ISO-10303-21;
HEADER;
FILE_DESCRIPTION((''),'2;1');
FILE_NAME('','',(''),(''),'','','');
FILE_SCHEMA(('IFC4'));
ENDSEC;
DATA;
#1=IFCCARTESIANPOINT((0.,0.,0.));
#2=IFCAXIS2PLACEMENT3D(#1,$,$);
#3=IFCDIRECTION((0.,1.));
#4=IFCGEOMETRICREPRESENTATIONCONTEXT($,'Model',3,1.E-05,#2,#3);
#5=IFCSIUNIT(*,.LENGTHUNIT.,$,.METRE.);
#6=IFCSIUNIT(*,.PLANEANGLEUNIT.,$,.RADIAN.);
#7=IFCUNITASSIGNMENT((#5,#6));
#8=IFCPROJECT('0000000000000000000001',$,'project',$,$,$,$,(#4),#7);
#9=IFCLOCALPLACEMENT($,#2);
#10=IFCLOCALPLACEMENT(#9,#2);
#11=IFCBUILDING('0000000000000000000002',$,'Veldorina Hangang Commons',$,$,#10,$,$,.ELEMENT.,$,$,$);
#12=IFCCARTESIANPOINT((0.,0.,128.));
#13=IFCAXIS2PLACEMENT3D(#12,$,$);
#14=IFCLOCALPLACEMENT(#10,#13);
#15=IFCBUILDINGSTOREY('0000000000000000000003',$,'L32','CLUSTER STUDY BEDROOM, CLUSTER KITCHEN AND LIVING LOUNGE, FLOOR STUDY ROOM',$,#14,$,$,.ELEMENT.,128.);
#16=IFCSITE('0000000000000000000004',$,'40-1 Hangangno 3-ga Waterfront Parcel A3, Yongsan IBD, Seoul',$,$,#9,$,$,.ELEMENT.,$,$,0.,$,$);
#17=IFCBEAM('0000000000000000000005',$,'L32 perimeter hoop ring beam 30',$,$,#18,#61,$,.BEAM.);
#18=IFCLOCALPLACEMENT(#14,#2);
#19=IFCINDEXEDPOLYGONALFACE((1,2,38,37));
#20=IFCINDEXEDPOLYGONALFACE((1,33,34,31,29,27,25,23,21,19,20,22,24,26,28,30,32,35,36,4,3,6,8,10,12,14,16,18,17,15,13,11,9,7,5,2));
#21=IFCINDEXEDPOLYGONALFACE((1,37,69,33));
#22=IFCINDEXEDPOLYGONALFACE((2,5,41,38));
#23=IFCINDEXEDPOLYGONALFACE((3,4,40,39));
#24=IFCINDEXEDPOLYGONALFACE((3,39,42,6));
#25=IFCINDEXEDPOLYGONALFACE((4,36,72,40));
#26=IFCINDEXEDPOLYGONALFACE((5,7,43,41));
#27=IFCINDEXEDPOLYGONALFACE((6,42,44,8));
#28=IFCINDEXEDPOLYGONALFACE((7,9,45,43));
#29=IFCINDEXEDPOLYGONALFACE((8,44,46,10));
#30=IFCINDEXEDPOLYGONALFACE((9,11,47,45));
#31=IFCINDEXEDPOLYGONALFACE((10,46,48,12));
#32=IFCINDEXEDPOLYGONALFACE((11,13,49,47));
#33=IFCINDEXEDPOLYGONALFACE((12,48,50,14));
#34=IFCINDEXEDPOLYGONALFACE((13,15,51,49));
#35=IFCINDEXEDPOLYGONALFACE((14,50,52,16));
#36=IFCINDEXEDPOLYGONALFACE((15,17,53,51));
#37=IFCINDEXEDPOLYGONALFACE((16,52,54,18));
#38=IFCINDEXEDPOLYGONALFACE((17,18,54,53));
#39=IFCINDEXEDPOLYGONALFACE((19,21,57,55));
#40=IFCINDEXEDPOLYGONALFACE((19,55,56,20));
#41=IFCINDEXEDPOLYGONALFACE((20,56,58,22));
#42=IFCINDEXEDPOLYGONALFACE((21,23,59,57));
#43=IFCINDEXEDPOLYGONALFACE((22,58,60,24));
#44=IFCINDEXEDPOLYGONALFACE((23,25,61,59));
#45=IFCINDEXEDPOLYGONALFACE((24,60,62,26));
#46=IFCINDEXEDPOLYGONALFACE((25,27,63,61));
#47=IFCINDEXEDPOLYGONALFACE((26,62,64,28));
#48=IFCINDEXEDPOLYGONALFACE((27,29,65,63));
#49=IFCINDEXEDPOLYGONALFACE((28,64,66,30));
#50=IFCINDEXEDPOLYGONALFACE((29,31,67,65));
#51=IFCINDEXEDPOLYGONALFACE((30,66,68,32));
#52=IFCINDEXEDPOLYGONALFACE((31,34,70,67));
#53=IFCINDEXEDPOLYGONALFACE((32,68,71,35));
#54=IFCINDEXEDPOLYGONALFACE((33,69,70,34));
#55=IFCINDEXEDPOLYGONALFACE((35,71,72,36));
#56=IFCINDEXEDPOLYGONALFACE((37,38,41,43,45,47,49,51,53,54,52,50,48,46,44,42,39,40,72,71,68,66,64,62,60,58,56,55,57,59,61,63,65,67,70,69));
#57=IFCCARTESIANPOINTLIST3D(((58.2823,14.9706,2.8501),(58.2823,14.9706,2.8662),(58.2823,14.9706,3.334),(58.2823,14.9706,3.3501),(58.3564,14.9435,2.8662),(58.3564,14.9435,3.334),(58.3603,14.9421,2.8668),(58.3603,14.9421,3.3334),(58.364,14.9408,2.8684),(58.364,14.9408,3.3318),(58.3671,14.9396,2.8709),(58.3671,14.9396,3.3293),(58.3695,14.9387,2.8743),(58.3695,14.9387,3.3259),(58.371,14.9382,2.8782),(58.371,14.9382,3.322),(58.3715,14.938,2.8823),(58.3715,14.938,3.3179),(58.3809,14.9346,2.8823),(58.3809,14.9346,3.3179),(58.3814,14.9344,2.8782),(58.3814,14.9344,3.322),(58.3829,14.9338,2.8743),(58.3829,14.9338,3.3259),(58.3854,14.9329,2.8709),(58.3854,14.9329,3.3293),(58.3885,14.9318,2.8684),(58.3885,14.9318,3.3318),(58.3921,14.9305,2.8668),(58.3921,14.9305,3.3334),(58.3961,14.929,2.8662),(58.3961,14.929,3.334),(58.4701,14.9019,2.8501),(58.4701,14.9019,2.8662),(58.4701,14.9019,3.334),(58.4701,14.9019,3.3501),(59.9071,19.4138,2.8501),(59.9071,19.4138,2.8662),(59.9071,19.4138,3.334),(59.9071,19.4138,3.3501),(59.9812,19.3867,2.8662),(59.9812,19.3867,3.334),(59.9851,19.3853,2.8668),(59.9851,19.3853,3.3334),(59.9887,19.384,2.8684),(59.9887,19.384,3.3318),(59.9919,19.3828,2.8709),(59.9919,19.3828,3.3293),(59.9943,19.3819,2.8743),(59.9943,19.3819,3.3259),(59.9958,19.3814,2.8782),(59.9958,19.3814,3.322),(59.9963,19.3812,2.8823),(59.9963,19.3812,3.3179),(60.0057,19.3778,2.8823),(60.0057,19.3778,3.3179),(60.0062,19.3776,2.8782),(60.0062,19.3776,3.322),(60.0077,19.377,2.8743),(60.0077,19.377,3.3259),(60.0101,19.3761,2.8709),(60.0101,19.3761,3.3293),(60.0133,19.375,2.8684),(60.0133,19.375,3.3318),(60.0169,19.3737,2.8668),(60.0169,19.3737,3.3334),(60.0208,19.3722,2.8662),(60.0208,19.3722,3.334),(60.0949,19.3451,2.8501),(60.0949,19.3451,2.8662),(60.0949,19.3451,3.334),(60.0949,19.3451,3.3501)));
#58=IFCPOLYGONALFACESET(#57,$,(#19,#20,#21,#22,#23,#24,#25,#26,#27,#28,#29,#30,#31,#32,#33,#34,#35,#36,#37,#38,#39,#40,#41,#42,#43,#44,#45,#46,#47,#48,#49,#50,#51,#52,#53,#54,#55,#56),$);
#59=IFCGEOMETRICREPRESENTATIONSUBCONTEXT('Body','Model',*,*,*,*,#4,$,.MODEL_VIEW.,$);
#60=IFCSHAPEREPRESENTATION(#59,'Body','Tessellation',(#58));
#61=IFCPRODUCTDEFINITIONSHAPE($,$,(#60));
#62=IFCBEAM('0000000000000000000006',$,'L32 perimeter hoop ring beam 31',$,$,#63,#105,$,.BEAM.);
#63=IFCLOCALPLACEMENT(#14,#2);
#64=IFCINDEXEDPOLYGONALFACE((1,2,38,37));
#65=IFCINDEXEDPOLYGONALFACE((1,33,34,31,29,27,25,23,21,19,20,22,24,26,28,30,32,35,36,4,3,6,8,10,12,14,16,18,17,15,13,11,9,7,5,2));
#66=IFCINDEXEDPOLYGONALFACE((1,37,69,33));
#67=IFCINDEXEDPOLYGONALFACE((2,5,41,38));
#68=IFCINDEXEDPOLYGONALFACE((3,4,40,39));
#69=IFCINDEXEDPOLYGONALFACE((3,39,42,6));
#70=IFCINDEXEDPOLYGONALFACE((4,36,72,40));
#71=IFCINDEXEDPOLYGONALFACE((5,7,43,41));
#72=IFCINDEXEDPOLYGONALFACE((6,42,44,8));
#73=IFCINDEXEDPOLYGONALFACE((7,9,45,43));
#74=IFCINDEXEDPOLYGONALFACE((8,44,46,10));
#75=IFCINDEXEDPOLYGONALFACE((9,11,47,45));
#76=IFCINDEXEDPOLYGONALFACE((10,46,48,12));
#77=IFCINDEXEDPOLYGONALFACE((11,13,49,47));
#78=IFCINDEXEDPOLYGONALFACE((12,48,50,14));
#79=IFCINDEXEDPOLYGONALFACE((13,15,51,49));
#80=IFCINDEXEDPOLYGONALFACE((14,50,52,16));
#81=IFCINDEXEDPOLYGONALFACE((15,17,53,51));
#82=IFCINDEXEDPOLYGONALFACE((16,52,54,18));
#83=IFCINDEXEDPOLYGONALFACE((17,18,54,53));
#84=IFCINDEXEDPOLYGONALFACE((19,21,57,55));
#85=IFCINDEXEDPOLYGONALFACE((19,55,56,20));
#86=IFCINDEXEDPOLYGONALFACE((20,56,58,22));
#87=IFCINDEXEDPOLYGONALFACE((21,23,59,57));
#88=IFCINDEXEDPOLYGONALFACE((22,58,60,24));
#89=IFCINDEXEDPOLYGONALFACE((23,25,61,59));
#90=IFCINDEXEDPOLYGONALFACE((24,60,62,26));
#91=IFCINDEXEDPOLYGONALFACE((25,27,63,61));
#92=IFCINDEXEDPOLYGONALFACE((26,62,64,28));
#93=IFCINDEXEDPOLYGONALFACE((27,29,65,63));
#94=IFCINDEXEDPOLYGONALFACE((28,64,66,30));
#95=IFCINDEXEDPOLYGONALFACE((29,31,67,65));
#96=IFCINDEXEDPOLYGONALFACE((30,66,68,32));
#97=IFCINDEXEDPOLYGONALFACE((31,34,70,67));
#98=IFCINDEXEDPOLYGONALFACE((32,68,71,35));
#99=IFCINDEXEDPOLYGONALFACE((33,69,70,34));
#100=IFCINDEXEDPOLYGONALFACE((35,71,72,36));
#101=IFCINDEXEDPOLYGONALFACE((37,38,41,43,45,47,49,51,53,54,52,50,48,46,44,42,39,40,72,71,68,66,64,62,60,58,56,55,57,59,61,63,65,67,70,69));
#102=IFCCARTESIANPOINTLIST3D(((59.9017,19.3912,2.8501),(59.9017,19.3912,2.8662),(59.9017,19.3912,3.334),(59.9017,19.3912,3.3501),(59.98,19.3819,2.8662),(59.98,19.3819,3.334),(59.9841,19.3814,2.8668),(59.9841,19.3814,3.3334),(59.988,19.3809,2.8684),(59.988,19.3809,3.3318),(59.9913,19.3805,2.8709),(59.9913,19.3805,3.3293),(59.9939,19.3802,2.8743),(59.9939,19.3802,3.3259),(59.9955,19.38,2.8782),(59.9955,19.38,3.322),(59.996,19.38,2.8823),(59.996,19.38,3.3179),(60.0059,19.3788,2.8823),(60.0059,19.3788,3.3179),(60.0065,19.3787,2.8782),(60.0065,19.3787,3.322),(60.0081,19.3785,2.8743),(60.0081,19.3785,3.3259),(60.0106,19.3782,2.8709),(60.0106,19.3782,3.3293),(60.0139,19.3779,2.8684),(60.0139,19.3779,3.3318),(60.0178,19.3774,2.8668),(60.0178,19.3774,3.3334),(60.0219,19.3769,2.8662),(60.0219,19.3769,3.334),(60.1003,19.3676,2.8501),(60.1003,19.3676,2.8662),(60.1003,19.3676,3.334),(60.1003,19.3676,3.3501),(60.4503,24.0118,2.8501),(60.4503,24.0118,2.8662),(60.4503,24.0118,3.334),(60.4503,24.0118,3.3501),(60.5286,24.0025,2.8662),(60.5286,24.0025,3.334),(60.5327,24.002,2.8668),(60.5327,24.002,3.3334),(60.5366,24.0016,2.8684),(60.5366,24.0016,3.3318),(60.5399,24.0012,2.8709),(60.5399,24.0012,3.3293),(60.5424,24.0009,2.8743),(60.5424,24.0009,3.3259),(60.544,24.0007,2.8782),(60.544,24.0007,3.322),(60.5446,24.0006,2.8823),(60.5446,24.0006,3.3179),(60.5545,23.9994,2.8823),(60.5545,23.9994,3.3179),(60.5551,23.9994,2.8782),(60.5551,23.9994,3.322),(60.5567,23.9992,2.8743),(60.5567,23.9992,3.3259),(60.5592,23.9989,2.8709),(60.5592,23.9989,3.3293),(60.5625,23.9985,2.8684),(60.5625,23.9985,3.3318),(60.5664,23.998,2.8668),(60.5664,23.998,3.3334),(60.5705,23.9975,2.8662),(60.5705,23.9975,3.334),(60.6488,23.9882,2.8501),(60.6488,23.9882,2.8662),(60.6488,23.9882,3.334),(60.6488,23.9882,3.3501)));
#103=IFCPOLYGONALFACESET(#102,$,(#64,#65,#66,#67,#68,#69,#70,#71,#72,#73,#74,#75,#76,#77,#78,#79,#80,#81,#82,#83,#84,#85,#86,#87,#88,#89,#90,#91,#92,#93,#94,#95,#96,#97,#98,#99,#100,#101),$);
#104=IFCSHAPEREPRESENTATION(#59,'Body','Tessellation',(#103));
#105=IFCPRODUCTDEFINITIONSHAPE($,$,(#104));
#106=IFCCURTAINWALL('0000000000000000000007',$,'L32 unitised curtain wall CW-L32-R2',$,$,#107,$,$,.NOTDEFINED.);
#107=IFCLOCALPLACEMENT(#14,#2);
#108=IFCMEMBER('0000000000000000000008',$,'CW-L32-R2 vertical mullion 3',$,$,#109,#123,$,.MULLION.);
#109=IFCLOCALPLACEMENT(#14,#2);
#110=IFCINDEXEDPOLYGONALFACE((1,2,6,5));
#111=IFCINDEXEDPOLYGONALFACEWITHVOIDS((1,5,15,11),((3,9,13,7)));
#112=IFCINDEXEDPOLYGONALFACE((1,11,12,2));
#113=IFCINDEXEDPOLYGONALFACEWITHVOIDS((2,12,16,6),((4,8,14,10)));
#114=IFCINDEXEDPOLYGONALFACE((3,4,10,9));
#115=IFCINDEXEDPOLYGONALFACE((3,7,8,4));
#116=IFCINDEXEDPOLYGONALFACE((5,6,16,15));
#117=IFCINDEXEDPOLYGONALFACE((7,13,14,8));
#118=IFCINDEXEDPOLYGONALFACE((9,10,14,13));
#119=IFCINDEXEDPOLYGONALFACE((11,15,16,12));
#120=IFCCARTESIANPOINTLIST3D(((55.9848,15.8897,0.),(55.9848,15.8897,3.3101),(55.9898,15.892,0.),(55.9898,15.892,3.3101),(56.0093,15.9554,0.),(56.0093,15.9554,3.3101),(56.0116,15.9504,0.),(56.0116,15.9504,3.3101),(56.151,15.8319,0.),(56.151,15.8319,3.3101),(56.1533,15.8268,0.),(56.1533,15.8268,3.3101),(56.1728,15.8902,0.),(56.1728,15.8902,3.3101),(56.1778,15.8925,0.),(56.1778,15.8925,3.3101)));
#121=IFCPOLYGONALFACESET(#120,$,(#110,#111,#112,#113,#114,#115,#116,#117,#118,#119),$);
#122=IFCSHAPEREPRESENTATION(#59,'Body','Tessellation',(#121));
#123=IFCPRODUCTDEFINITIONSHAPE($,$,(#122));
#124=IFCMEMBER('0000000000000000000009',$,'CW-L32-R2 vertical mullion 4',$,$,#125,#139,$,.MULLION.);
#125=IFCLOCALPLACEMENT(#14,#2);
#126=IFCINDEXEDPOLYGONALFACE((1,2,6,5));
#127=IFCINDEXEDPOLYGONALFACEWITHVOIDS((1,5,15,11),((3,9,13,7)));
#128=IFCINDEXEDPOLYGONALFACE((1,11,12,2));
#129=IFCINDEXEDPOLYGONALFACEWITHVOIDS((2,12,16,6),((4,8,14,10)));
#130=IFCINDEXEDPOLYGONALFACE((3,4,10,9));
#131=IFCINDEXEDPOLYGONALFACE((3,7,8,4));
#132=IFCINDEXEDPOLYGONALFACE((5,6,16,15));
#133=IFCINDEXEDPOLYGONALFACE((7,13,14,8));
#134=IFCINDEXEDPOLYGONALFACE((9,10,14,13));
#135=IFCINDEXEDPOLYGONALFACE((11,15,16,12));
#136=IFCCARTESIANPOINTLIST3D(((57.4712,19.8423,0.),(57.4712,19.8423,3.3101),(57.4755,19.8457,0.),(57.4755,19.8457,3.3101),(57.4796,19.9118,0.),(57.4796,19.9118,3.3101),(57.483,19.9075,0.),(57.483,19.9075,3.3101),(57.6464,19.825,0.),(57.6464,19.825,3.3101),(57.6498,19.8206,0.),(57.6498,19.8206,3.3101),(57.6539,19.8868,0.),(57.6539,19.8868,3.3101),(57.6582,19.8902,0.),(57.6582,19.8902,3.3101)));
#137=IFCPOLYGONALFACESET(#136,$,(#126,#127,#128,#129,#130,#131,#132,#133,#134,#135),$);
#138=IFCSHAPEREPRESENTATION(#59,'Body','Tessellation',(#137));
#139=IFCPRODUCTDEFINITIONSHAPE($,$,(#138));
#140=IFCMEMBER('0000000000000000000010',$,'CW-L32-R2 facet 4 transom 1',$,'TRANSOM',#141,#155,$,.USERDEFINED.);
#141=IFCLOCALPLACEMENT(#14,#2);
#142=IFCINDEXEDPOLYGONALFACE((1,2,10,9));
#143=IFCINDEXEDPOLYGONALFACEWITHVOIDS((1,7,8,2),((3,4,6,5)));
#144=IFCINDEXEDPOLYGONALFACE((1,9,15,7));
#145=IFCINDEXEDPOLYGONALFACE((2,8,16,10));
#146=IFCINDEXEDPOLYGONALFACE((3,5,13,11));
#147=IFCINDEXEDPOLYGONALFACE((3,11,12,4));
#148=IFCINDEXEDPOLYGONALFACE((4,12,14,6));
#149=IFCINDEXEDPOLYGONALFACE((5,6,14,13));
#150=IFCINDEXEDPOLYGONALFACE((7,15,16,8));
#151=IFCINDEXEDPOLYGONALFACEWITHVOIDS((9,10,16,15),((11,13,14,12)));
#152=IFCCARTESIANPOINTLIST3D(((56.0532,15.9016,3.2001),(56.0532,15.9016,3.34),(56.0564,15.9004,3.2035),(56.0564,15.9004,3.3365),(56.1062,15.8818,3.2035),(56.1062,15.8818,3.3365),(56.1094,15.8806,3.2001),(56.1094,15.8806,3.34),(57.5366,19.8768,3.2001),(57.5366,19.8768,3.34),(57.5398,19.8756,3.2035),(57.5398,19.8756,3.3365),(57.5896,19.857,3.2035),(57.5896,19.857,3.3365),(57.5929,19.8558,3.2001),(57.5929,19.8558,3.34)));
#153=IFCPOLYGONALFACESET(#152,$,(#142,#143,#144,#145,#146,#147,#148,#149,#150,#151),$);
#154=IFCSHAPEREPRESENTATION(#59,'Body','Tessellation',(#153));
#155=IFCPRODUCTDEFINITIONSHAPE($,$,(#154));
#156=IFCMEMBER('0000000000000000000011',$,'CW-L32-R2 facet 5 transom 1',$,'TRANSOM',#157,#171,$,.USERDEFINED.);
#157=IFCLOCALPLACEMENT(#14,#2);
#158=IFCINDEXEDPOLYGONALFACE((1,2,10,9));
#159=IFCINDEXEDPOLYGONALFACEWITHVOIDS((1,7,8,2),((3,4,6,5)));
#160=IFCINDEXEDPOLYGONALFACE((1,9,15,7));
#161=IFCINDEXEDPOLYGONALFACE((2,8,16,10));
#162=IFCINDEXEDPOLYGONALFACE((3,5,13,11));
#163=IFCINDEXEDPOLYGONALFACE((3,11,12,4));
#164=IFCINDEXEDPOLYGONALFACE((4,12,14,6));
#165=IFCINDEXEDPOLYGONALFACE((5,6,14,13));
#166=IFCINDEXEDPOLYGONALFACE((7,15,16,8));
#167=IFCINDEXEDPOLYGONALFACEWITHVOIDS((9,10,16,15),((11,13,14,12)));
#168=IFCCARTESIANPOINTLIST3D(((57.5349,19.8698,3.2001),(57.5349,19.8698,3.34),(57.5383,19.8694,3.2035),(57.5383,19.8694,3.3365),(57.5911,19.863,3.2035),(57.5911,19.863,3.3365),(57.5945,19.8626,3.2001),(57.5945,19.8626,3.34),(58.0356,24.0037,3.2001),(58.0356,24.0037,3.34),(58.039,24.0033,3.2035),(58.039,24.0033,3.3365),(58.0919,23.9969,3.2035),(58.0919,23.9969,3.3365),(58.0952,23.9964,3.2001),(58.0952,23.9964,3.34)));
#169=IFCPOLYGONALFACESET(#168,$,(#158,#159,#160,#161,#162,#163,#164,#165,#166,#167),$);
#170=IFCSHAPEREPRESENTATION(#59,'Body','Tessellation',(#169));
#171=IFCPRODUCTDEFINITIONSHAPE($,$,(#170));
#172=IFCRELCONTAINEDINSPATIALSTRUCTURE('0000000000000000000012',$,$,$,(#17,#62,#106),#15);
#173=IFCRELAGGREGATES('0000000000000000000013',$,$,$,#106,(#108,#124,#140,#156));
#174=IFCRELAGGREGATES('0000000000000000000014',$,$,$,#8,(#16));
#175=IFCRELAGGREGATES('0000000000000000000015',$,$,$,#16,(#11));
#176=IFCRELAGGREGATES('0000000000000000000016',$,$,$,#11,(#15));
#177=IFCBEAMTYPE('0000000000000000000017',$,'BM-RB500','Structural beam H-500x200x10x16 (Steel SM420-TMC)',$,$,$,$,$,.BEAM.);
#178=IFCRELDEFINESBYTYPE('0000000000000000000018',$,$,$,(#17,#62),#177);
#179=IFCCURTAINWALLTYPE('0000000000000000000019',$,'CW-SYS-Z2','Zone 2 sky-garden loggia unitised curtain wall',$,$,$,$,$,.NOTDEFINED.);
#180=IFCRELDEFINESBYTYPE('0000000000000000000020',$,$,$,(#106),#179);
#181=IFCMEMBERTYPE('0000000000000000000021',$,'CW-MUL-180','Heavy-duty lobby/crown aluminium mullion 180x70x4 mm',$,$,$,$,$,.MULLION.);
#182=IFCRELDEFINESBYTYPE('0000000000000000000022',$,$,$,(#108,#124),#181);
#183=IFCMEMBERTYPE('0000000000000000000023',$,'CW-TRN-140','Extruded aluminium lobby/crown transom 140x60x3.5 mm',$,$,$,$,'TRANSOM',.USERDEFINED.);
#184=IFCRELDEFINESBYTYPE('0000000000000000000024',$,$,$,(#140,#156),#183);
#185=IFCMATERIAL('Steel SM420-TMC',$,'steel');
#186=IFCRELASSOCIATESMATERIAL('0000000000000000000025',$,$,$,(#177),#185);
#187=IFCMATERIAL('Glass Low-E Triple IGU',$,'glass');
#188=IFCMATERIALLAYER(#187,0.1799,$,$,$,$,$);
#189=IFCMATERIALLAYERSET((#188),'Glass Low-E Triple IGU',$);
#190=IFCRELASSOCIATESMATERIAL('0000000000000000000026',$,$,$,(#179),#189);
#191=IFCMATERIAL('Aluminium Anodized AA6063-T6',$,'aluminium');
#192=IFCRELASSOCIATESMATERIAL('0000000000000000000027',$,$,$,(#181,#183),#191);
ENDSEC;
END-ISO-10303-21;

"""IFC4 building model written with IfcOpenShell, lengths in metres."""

from ifc_helpers import new_model, si_unit, direction, frame, origin, origin_2d, place, context, subcontext, project, spatial, hollow_rectangle, i_section, extrude, material, layer, layer_set, material_profile, profile_set, type_object, element, aggregate, save


model = new_model("IFC4")

# Units and contexts
model_context = context("Model", 3, precision=1e-05, world=origin(), true_north=direction((0.0, 1.0)))
body_context = subcontext(model_context, "Body", "Model", "MODEL_VIEW")
ifc_project = project(units=[si_unit("LENGTHUNIT", "METRE"), si_unit("PLANEANGLEUNIT", "RADIAN")], contexts=[model_context])

# Site, building, storey
site_placement = place(None, origin())
site = spatial("IfcSite", under=ifc_project, at=site_placement, Name="40-1 Hangangno 3-ga Waterfront Parcel A3, Yongsan IBD, Seoul", CompositionType="ELEMENT", RefElevation=0.0)
building_placement = place(site_placement, origin())
building = spatial("IfcBuilding", under=site, at=building_placement, Name="Veldorina Hangang Commons", CompositionType="ELEMENT")
storey_placement = place(building_placement, frame((0.0, 0.0, 128.0)))
storey = spatial("IfcBuildingStorey", under=building, at=storey_placement, Name="L32", Description="CLUSTER STUDY BEDROOM, CLUSTER KITCHEN AND LIVING LOUNGE, FLOOR STUDY ROOM", CompositionType="ELEMENT", Elevation=128.0)

# Beams
ifc_material_1 = material(Name="Steel SM420-TMC", Category="steel")
ifc_material_profile_1 = material_profile(ifc_material_1, i_section(OverallWidth=0.2, OverallDepth=0.5, WebThickness=0.01, FlangeThickness=0.0161, FilletRadius=0.0161, at=origin_2d()), Name="H-500x200x10x16")
ifc_profile_set_1 = profile_set([ifc_material_profile_1], Name="Steel SM420-TMC")
beam_type = type_object("IfcBeamType", Name="BM-RB500", Description="Structural beam H-500x200x10x16 (Steel SM420-TMC)", PredefinedType="BEAM", material=ifc_profile_set_1)
beam_1_placement = place(storey_placement, frame((58.3762, 14.9363, 3.1001), z_axis=(0.343437, 0.939176, 0.0), x_axis=(-0.939176, 0.343437, 0.0)))
element("IfcBeam", 1, at=beam_1_placement, inside=storey, type_object=beam_type, Name="L32 perimeter hoop ring beam 30", PredefinedType="BEAM", context=body_context, shape_type="SweptSolid", body=[
    extrude(i_section(OverallWidth=0.2, OverallDepth=0.5, WebThickness=0.01, FlangeThickness=0.0161, FilletRadius=0.0161, at=origin_2d()), origin(), (0.0, 0.0, 1.0), 4.731),
])
beam_2_placement = place(storey_placement, frame((60.001, 19.3794, 3.1001), z_axis=(0.117898, 0.993026, 0.0), x_axis=(-0.993026, 0.117898, 0.0)))
element("IfcBeam", 2, at=beam_2_placement, inside=storey, type_object=beam_type, Name="L32 perimeter hoop ring beam 31", PredefinedType="BEAM", context=body_context, shape_type="SweptSolid", body=[
    extrude(i_section(OverallWidth=0.2, OverallDepth=0.5, WebThickness=0.01, FlangeThickness=0.0161, FilletRadius=0.0161, at=origin_2d()), origin(), (0.0, 0.0, 1.0), 4.6531),
])

# Curtain wall, members
ifc_material_2 = material(Name="Glass Low-E Triple IGU", Category="glass")
ifc_layer_1 = layer(ifc_material_2, 0.1799)
ifc_layer_set_1 = layer_set([ifc_layer_1], Name="Glass Low-E Triple IGU")
curtain_wall_type = type_object("IfcCurtainWallType", Name="CW-SYS-Z2", Description="Zone 2 sky-garden loggia unitised curtain wall", PredefinedType="NOTDEFINED", material=ifc_layer_set_1)
curtain_wall_placement = place(storey_placement, origin())
curtain_wall = element("IfcCurtainWall", 3, at=curtain_wall_placement, inside=storey, type_object=curtain_wall_type, Name="L32 unitised curtain wall CW-L32-R2", PredefinedType="NOTDEFINED")
ifc_material_3 = material(Name="Aluminium Anodized AA6063-T6", Category="aluminium")
ifc_material_profile_2 = material_profile(ifc_material_3, hollow_rectangle(XDim=0.0701, YDim=0.1799, WallThickness=0.0039, at=origin_2d()), Name="ALU-RHS-180x70x4")
ifc_profile_set_2 = profile_set([ifc_material_profile_2], Name="Aluminium Anodized AA6063-T6")
member_type_1 = type_object("IfcMemberType", Name="CW-MUL-180", Description="Heavy-duty lobby/crown aluminium mullion 180x70x4 mm", PredefinedType="MULLION", material=ifc_profile_set_2)
member_1_placement = place(storey_placement, frame((56.0813, 15.8911, 0.0), z_axis=(0.0, 0.0, 1.0), x_axis=(0.349602, 0.936898, 0.0)))
member_1 = element("IfcMember", 4, at=member_1_placement, type_object=member_type_1, Name="CW-L32-R2 vertical mullion 3", PredefinedType="MULLION", context=body_context, shape_type="SweptSolid", body=[
    extrude(hollow_rectangle(XDim=0.0701, YDim=0.1799, WallThickness=0.0039, at=origin_2d()), origin(), (0.0, 0.0, 1.0), 3.3101),
])
member_2_placement = place(storey_placement, frame((57.5647, 19.8662, 0.0), z_axis=(0.0, 0.0, 1.0), x_axis=(0.120258, 0.992743, 0.0)))
member_2 = element("IfcMember", 5, at=member_2_placement, type_object=member_type_1, Name="CW-L32-R2 vertical mullion 4", PredefinedType="MULLION", context=body_context, shape_type="SweptSolid", body=[
    extrude(hollow_rectangle(XDim=0.0701, YDim=0.1799, WallThickness=0.0039, at=origin_2d()), origin(), (0.0, 0.0, 1.0), 3.3101),
])
ifc_material_profile_3 = material_profile(ifc_material_3, hollow_rectangle(XDim=0.0601, YDim=0.1399, WallThickness=0.0034, at=origin_2d()), Name="ALU-RHS-140x60x3.5")
ifc_profile_set_3 = profile_set([ifc_material_profile_3], Name="Aluminium Anodized AA6063-T6")
member_type_2 = type_object("IfcMemberType", Name="CW-TRN-140", Description="Extruded aluminium lobby/crown transom 140x60x3.5 mm", ElementType="TRANSOM", PredefinedType="USERDEFINED", material=ifc_profile_set_3)
member_3_placement = place(storey_placement, frame((56.0813, 15.8911, 3.27), z_axis=(0.349622, 0.936891, 0.0), x_axis=(-0.936891, 0.349622, 0.0)))
member_3 = element("IfcMember", 6, at=member_3_placement, type_object=member_type_2, Name="CW-L32-R2 facet 4 transom 1", ObjectType="TRANSOM", PredefinedType="USERDEFINED", context=body_context, shape_type="SweptSolid", body=[
    extrude(hollow_rectangle(XDim=0.0601, YDim=0.1399, WallThickness=0.0034, at=origin_2d()), origin(), (0.0, 0.0, 1.0), 4.2429),
])
member_4_placement = place(storey_placement, frame((57.5647, 19.8662, 3.27), z_axis=(0.120253, 0.992743, 0.0), x_axis=(-0.992743, 0.120253, 0.0)))
member_4 = element("IfcMember", 7, at=member_4_placement, type_object=member_type_2, Name="CW-L32-R2 facet 5 transom 1", ObjectType="TRANSOM", PredefinedType="USERDEFINED", context=body_context, shape_type="SweptSolid", body=[
    extrude(hollow_rectangle(XDim=0.0601, YDim=0.1399, WallThickness=0.0034, at=origin_2d()), origin(), (0.0, 0.0, 1.0), 4.1641),
])

aggregate(curtain_wall, [member_1, member_2, member_3, member_4])

save(model, "model.ifc")
